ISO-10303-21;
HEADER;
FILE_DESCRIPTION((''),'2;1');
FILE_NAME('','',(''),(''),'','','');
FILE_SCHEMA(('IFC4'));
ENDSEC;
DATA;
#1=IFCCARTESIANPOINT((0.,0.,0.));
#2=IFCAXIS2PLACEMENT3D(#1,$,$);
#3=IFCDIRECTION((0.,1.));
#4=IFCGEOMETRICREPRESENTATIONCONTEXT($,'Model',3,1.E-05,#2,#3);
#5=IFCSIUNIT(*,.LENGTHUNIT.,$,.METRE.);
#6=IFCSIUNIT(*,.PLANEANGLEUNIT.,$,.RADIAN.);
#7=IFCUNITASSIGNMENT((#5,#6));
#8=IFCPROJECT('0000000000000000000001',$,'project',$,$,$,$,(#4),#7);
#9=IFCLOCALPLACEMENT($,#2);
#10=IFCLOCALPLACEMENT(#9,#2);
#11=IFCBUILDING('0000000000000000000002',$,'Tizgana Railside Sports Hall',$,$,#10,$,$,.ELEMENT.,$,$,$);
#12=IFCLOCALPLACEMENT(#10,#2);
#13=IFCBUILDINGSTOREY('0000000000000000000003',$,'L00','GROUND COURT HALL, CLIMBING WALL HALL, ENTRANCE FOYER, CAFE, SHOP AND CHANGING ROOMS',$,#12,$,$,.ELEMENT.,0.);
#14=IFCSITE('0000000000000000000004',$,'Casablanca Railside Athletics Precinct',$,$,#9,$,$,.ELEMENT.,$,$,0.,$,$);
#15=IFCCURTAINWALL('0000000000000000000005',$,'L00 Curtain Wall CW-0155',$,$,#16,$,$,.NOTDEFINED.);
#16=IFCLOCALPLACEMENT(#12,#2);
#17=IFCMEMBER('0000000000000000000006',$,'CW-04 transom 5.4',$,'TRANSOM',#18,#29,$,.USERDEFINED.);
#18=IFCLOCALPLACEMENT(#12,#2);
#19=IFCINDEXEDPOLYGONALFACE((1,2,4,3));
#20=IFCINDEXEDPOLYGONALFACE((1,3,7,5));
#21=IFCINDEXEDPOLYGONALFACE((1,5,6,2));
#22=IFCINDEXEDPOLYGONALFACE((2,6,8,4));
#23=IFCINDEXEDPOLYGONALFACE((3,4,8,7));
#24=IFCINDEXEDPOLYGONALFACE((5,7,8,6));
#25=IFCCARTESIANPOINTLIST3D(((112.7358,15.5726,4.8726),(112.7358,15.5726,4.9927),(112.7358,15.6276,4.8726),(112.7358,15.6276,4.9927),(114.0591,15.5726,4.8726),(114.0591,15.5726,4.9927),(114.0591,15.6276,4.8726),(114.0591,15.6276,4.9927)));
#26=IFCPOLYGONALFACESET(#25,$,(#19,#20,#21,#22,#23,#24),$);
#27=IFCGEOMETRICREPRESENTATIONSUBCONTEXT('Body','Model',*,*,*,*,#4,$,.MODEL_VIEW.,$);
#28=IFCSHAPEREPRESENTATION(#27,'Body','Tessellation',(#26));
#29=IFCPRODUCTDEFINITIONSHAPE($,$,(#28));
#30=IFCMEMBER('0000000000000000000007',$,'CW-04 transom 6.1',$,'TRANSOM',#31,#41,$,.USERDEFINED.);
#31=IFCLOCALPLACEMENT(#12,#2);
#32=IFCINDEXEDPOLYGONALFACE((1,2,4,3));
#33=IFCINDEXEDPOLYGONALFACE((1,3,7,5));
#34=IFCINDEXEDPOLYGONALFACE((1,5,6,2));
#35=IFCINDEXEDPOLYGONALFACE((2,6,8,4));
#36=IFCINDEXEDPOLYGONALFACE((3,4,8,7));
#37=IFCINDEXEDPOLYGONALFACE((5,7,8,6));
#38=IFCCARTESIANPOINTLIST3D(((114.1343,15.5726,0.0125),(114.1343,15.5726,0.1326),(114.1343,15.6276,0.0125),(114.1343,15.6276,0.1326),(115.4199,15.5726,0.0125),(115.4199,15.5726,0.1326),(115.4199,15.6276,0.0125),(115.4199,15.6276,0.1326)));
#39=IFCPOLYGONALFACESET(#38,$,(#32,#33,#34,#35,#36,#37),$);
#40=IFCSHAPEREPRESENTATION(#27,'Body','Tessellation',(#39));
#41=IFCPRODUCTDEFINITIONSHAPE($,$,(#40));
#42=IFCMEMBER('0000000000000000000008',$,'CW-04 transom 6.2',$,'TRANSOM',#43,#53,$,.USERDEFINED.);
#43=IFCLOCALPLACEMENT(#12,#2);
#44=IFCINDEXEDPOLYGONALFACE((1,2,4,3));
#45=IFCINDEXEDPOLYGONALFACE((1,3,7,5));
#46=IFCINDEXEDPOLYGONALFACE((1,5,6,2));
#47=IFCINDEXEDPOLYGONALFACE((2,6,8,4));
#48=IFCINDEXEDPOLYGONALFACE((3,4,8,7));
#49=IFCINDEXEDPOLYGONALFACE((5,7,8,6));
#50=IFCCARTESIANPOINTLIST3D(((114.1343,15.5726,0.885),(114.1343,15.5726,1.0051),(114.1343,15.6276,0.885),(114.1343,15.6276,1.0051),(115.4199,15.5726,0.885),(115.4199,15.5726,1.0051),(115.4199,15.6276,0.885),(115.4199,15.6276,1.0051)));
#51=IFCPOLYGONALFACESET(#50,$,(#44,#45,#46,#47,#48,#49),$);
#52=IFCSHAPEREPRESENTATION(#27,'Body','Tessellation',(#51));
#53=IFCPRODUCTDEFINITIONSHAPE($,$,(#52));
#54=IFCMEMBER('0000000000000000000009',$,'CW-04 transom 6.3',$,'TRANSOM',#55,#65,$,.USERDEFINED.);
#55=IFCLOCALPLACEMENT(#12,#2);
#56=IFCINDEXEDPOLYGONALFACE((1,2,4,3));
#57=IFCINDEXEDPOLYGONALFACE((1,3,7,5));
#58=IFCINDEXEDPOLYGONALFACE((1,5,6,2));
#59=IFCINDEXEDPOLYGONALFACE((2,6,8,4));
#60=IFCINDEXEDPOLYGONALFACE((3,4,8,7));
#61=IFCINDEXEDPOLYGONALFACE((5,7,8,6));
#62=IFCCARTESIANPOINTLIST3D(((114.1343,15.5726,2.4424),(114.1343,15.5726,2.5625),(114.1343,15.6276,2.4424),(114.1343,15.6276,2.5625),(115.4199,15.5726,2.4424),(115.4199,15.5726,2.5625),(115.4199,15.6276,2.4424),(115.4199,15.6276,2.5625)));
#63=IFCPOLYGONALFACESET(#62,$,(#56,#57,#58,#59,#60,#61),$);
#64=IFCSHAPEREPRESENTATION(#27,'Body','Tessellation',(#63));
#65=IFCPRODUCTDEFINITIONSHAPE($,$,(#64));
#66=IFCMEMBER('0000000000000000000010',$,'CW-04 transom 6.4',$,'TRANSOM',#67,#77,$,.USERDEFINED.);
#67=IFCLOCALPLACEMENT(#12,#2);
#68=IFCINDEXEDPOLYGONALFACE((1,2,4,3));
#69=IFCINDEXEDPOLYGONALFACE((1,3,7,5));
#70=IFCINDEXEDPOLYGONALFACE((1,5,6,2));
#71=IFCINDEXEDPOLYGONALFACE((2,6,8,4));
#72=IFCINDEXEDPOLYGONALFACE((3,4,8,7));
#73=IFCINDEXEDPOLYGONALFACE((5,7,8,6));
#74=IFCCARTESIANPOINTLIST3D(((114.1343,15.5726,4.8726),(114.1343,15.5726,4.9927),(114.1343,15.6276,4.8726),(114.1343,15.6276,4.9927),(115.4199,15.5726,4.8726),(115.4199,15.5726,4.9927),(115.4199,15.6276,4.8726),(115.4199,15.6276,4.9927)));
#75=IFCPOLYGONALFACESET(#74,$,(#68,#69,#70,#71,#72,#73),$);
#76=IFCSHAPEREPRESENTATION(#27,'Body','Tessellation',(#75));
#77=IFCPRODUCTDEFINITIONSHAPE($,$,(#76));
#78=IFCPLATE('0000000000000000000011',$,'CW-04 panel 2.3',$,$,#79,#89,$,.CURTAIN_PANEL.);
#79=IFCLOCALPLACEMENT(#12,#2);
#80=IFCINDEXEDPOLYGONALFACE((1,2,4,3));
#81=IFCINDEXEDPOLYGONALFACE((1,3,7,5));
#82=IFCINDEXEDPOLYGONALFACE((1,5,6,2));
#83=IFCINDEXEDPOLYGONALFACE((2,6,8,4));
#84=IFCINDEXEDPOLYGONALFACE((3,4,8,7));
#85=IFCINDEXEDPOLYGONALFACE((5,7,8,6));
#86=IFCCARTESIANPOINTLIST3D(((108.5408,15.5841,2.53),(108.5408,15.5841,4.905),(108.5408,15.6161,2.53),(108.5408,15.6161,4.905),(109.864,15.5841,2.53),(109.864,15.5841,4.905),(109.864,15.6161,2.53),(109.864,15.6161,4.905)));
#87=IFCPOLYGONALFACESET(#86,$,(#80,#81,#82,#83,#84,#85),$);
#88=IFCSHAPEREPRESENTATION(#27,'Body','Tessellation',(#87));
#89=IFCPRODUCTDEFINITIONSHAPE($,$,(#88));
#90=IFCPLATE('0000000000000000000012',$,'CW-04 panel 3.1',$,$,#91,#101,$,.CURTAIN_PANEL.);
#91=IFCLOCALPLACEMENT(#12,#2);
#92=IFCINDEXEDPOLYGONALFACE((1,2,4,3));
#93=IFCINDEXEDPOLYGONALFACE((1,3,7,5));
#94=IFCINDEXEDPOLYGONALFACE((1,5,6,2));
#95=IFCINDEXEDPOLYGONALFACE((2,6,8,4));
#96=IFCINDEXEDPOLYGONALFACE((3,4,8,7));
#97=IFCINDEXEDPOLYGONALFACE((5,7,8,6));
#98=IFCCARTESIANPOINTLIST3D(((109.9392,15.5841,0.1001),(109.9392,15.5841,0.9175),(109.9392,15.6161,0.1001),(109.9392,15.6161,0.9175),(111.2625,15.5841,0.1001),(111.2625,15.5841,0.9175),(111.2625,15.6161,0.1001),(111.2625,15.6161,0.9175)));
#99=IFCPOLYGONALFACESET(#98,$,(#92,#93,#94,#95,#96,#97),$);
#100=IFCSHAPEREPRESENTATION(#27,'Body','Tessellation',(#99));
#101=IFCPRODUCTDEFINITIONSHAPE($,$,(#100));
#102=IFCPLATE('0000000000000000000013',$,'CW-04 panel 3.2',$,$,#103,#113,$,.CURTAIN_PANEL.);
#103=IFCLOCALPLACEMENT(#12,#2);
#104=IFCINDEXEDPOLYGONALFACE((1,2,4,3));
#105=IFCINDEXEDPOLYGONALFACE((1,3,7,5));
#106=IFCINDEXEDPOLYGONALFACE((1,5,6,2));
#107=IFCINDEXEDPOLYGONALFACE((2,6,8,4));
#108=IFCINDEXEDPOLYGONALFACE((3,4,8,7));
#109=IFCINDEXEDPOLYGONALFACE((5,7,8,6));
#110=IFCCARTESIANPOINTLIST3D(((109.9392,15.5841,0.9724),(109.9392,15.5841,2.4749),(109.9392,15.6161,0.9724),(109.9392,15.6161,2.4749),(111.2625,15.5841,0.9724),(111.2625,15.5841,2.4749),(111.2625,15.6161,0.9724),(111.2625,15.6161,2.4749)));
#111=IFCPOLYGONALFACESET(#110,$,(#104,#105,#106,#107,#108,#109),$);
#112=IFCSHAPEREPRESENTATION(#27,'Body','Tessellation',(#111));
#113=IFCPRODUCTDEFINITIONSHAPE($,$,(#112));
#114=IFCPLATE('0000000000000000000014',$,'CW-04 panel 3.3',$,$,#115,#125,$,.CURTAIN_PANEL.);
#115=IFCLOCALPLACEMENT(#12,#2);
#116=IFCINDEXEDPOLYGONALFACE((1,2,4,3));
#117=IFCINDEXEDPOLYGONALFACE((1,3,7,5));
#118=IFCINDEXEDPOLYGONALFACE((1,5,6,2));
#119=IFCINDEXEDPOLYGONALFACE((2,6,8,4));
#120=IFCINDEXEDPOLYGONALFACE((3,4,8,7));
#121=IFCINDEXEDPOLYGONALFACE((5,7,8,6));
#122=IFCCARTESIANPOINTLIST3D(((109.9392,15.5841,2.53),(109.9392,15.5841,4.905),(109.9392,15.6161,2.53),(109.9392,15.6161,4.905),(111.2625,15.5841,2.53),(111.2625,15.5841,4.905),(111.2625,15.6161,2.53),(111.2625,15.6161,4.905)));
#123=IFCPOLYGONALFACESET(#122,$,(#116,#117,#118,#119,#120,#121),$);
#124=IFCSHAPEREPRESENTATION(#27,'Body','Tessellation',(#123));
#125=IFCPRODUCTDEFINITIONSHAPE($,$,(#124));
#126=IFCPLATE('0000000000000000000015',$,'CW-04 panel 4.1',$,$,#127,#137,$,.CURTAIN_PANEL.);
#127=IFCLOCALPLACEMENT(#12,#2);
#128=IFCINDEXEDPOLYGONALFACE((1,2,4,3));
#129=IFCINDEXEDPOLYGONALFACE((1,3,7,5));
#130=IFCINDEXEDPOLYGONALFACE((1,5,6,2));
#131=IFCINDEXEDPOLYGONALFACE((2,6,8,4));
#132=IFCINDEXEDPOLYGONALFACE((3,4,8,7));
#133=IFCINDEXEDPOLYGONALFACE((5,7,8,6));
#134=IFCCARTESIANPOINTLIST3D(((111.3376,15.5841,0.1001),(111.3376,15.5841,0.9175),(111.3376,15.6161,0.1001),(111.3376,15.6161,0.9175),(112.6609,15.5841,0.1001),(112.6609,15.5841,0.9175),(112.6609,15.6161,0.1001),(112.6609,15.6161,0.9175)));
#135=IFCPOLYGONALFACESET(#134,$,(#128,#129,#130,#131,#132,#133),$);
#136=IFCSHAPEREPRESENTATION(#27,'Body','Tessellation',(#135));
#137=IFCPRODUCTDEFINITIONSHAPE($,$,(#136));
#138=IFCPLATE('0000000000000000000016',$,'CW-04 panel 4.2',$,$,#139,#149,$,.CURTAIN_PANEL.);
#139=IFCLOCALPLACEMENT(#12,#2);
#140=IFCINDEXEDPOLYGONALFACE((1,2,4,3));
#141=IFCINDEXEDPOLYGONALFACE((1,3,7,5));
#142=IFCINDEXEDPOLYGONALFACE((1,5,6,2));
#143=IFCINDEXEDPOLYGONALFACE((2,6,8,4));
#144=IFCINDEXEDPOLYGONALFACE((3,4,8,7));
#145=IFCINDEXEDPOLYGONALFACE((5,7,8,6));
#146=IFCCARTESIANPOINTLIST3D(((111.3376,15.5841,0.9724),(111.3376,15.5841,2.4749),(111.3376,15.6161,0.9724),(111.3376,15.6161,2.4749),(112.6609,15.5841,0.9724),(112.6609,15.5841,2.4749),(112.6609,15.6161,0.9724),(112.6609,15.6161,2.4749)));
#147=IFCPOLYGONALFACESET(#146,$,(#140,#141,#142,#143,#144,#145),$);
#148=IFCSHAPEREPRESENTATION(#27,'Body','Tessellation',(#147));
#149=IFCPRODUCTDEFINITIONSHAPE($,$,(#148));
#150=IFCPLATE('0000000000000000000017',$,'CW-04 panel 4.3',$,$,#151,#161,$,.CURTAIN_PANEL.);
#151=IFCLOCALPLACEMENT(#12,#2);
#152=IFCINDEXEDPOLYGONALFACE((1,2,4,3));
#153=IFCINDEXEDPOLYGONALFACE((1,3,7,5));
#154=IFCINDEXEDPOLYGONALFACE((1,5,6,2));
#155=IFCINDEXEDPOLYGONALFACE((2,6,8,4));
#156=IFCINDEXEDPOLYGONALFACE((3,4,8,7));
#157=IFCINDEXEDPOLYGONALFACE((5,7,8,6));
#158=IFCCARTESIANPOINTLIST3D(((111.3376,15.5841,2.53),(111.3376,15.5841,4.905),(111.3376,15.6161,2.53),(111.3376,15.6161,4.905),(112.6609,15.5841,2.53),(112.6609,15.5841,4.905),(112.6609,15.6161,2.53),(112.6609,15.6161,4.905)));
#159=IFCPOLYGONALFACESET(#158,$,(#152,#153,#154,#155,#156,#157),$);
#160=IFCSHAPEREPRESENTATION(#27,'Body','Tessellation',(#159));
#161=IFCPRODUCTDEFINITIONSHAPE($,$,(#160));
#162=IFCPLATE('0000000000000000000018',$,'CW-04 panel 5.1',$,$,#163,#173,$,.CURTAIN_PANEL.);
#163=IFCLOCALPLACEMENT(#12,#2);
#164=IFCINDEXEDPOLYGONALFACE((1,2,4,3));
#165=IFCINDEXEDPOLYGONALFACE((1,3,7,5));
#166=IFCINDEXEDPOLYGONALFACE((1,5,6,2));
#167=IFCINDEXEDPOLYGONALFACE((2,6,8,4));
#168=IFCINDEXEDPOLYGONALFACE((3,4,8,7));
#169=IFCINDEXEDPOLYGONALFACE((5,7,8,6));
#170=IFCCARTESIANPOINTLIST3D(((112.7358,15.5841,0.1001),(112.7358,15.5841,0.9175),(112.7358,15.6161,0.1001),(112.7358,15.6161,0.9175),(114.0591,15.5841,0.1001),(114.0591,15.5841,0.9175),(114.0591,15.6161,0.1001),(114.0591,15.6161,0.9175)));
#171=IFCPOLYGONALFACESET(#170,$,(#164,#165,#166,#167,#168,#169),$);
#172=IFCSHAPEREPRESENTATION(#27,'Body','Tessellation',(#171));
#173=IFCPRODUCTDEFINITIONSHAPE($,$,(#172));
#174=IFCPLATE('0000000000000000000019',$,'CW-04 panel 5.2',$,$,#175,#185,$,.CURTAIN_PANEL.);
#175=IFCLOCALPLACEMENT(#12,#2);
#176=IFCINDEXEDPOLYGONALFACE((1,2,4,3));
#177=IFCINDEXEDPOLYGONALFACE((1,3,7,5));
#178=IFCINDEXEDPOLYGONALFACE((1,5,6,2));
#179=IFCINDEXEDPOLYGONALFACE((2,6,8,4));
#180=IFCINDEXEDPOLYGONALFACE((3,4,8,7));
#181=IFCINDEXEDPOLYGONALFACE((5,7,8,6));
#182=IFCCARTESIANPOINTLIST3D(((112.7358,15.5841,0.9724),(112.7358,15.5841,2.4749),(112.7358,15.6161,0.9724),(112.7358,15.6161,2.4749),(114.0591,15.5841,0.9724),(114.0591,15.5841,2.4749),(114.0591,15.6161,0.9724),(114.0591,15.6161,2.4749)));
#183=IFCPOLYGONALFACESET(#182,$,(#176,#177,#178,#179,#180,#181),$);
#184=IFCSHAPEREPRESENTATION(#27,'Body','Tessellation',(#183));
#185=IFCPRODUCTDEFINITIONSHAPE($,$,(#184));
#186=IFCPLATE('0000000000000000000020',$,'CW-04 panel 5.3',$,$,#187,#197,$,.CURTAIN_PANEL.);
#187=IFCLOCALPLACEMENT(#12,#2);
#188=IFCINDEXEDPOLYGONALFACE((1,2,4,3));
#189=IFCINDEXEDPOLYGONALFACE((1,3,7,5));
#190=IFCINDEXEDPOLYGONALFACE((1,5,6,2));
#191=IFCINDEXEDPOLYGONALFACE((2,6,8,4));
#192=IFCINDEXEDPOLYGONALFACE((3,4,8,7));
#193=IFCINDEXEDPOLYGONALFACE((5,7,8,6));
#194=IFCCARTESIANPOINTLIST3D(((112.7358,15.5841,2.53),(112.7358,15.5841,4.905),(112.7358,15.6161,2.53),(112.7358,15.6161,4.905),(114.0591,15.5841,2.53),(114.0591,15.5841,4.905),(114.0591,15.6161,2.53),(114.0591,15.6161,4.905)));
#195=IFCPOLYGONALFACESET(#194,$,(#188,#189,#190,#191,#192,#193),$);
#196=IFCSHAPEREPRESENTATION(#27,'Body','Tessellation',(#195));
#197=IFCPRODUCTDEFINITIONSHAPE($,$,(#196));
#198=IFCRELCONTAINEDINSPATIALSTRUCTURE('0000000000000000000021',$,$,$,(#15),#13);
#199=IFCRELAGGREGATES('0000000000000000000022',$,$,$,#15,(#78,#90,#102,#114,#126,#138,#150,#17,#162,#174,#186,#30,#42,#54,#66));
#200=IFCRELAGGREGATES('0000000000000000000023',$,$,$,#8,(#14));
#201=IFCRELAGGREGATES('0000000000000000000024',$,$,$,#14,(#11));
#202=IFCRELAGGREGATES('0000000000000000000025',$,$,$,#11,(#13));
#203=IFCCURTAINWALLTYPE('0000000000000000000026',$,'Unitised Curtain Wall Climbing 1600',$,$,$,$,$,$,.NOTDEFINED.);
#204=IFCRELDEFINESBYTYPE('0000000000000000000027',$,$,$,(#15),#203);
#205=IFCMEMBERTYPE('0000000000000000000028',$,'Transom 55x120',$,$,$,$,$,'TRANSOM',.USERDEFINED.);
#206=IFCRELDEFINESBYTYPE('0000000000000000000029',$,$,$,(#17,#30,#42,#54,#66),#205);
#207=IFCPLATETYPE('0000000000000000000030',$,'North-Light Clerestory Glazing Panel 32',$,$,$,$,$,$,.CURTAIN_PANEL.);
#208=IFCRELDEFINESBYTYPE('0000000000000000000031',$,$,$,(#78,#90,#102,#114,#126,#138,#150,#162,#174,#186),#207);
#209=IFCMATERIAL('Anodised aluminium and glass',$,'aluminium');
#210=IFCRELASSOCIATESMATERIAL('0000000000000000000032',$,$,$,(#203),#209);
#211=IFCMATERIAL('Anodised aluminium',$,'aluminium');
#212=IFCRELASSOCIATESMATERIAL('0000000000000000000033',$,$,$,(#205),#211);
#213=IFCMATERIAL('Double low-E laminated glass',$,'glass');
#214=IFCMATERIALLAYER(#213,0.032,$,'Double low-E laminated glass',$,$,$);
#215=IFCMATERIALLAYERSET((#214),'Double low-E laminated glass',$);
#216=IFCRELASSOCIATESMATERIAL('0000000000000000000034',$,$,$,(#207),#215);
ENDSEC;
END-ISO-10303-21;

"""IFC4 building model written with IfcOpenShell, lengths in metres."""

from ifc_helpers import new_model, si_unit, direction, frame, origin, origin_2d, place, context, subcontext, project, spatial, rectangle, extrude, material, layer, layer_set, material_profile, profile_set, type_object, element, aggregate, save


model = new_model("IFC4")

# Units and contexts
model_context = context("Model", 3, precision=1e-05, world=origin(), true_north=direction((0.0, 1.0)))
body_context = subcontext(model_context, "Body", "Model", "MODEL_VIEW")
ifc_project = project(units=[si_unit("LENGTHUNIT", "METRE"), si_unit("PLANEANGLEUNIT", "RADIAN")], contexts=[model_context])

# Site, building, storey
site_placement = place(None, origin())
site = spatial("IfcSite", under=ifc_project, at=site_placement, Name="Casablanca Railside Athletics Precinct", CompositionType="ELEMENT", RefElevation=0.0)
building_placement = place(site_placement, origin())
building = spatial("IfcBuilding", under=site, at=building_placement, Name="Tizgana Railside Sports Hall", CompositionType="ELEMENT")
storey_placement = place(building_placement, origin())
storey = spatial("IfcBuildingStorey", under=building, at=storey_placement, Name="L00", Description="GROUND COURT HALL, CLIMBING WALL HALL, ENTRANCE FOYER, CAFE, SHOP AND CHANGING ROOMS", CompositionType="ELEMENT", Elevation=0.0)

# Curtain wall, members, plates
ifc_material_1 = material(Name="Anodised aluminium and glass", Category="aluminium")
curtain_wall_type = type_object("IfcCurtainWallType", Name="Unitised Curtain Wall Climbing 1600", PredefinedType="NOTDEFINED", material=ifc_material_1)
curtain_wall_placement = place(storey_placement, origin())
curtain_wall = element("IfcCurtainWall", 1, at=curtain_wall_placement, inside=storey, type_object=curtain_wall_type, Name="L00 Curtain Wall CW-0155", PredefinedType="NOTDEFINED")
ifc_material_2 = material(Name="Anodised aluminium", Category="aluminium")
ifc_material_profile_1 = material_profile(ifc_material_2, rectangle(XDim=0.0549, YDim=0.1201, at=origin_2d()), Name="Transom 55x120")
ifc_profile_set_1 = profile_set([ifc_material_profile_1], Name="Anodised aluminium")
member_type_1 = type_object("IfcMemberType", Name="Transom 55x120", ElementType="TRANSOM", PredefinedType="USERDEFINED", material=ifc_profile_set_1)
member_1_placement = place(storey_placement, frame((112.7358, 15.6001, 4.9326), z_axis=(1.0, 0.0, 0.0), x_axis=(0.0, 1.0, 0.0)))
member_1 = element("IfcMember", 2, at=member_1_placement, type_object=member_type_1, Name="CW-04 transom 5.4", ObjectType="TRANSOM", PredefinedType="USERDEFINED", context=body_context, shape_type="SweptSolid", body=[
    extrude(rectangle(XDim=0.0549, YDim=0.1201, at=origin_2d()), origin(), (0.0, 0.0, 1.0), 1.3232),
])
member_2_placement = place(storey_placement, frame((114.1343, 15.6001, 0.0725), z_axis=(1.0, 0.0, 0.0), x_axis=(0.0, 1.0, 0.0)))
member_2 = element("IfcMember", 3, at=member_2_placement, type_object=member_type_1, Name="CW-04 transom 6.1", ObjectType="TRANSOM", PredefinedType="USERDEFINED", context=body_context, shape_type="SweptSolid", body=[
    extrude(rectangle(XDim=0.0549, YDim=0.1201, at=origin_2d()), origin(), (0.0, 0.0, 1.0), 1.2856),
])
member_3_placement = place(storey_placement, frame((114.1343, 15.6001, 0.9451), z_axis=(1.0, 0.0, 0.0), x_axis=(0.0, 1.0, 0.0)))
member_3 = element("IfcMember", 4, at=member_3_placement, type_object=member_type_1, Name="CW-04 transom 6.2", ObjectType="TRANSOM", PredefinedType="USERDEFINED", context=body_context, shape_type="SweptSolid", body=[
    extrude(rectangle(XDim=0.0549, YDim=0.1201, at=origin_2d()), origin(), (0.0, 0.0, 1.0), 1.2856),
])
member_4_placement = place(storey_placement, frame((114.1343, 15.6001, 2.5024), z_axis=(1.0, 0.0, 0.0), x_axis=(0.0, 1.0, 0.0)))
member_4 = element("IfcMember", 5, at=member_4_placement, type_object=member_type_1, Name="CW-04 transom 6.3", ObjectType="TRANSOM", PredefinedType="USERDEFINED", context=body_context, shape_type="SweptSolid", body=[
    extrude(rectangle(XDim=0.0549, YDim=0.1201, at=origin_2d()), origin(), (0.0, 0.0, 1.0), 1.2856),
])
member_5_placement = place(storey_placement, frame((114.1343, 15.6001, 4.9326), z_axis=(1.0, 0.0, 0.0), x_axis=(0.0, 1.0, 0.0)))
member_5 = element("IfcMember", 6, at=member_5_placement, type_object=member_type_1, Name="CW-04 transom 6.4", ObjectType="TRANSOM", PredefinedType="USERDEFINED", context=body_context, shape_type="SweptSolid", body=[
    extrude(rectangle(XDim=0.0549, YDim=0.1201, at=origin_2d()), origin(), (0.0, 0.0, 1.0), 1.2856),
])
ifc_material_3 = material(Name="Double low-E laminated glass", Category="glass")
ifc_layer = layer(ifc_material_3, 0.032, Name="Double low-E laminated glass")
ifc_layer_set = layer_set([ifc_layer], Name="Double low-E laminated glass")
plate_type = type_object("IfcPlateType", Name="North-Light Clerestory Glazing Panel 32", PredefinedType="CURTAIN_PANEL", material=ifc_layer_set)
plate_1_placement = place(storey_placement, frame((109.2024, 15.6001, 2.53), z_axis=(0.0, 0.0, 1.0), x_axis=(1.0, 0.0, 0.0)))
plate_1 = element("IfcPlate", 7, at=plate_1_placement, type_object=plate_type, Name="CW-04 panel 2.3", PredefinedType="CURTAIN_PANEL", context=body_context, shape_type="SweptSolid", body=[
    extrude(rectangle(XDim=1.3232, YDim=0.032, at=origin_2d()), origin(), (0.0, 0.0, 1.0), 2.375),
])
plate_2_placement = place(storey_placement, frame((110.6008, 15.6001, 0.1001), z_axis=(0.0, 0.0, 1.0), x_axis=(1.0, 0.0, 0.0)))
plate_2 = element("IfcPlate", 8, at=plate_2_placement, type_object=plate_type, Name="CW-04 panel 3.1", PredefinedType="CURTAIN_PANEL", context=body_context, shape_type="SweptSolid", body=[
    extrude(rectangle(XDim=1.3232, YDim=0.032, at=origin_2d()), origin(), (0.0, 0.0, 1.0), 0.8174),
])
plate_3_placement = place(storey_placement, frame((110.6008, 15.6001, 0.9724), z_axis=(0.0, 0.0, 1.0), x_axis=(1.0, 0.0, 0.0)))
plate_3 = element("IfcPlate", 9, at=plate_3_placement, type_object=plate_type, Name="CW-04 panel 3.2", PredefinedType="CURTAIN_PANEL", context=body_context, shape_type="SweptSolid", body=[
    extrude(rectangle(XDim=1.3232, YDim=0.032, at=origin_2d()), origin(), (0.0, 0.0, 1.0), 1.5024),
])
plate_4_placement = place(storey_placement, frame((110.6008, 15.6001, 2.53), z_axis=(0.0, 0.0, 1.0), x_axis=(1.0, 0.0, 0.0)))
plate_4 = element("IfcPlate", 10, at=plate_4_placement, type_object=plate_type, Name="CW-04 panel 3.3", PredefinedType="CURTAIN_PANEL", context=body_context, shape_type="SweptSolid", body=[
    extrude(rectangle(XDim=1.3232, YDim=0.032, at=origin_2d()), origin(), (0.0, 0.0, 1.0), 2.375),
])
plate_5_placement = place(storey_placement, frame((111.9993, 15.6001, 0.1001), z_axis=(0.0, 0.0, 1.0), x_axis=(1.0, 0.0, 0.0)))
plate_5 = element("IfcPlate", 11, at=plate_5_placement, type_object=plate_type, Name="CW-04 panel 4.1", PredefinedType="CURTAIN_PANEL", context=body_context, shape_type="SweptSolid", body=[
    extrude(rectangle(XDim=1.3232, YDim=0.032, at=origin_2d()), origin(), (0.0, 0.0, 1.0), 0.8174),
])
plate_6_placement = place(storey_placement, frame((111.9993, 15.6001, 0.9724), z_axis=(0.0, 0.0, 1.0), x_axis=(1.0, 0.0, 0.0)))
plate_6 = element("IfcPlate", 12, at=plate_6_placement, type_object=plate_type, Name="CW-04 panel 4.2", PredefinedType="CURTAIN_PANEL", context=body_context, shape_type="SweptSolid", body=[
    extrude(rectangle(XDim=1.3232, YDim=0.032, at=origin_2d()), origin(), (0.0, 0.0, 1.0), 1.5024),
])
plate_7_placement = place(storey_placement, frame((111.9993, 15.6001, 2.53), z_axis=(0.0, 0.0, 1.0), x_axis=(1.0, 0.0, 0.0)))
plate_7 = element("IfcPlate", 13, at=plate_7_placement, type_object=plate_type, Name="CW-04 panel 4.3", PredefinedType="CURTAIN_PANEL", context=body_context, shape_type="SweptSolid", body=[
    extrude(rectangle(XDim=1.3232, YDim=0.032, at=origin_2d()), origin(), (0.0, 0.0, 1.0), 2.375),
])
plate_8_placement = place(storey_placement, frame((113.3975, 15.6001, 0.1001), z_axis=(0.0, 0.0, 1.0), x_axis=(1.0, 0.0, 0.0)))
plate_8 = element("IfcPlate", 14, at=plate_8_placement, type_object=plate_type, Name="CW-04 panel 5.1", PredefinedType="CURTAIN_PANEL", context=body_context, shape_type="SweptSolid", body=[
    extrude(rectangle(XDim=1.3232, YDim=0.032, at=origin_2d()), origin(), (0.0, 0.0, 1.0), 0.8174),
])
plate_9_placement = place(storey_placement, frame((113.3975, 15.6001, 0.9724), z_axis=(0.0, 0.0, 1.0), x_axis=(1.0, 0.0, 0.0)))
plate_9 = element("IfcPlate", 15, at=plate_9_placement, type_object=plate_type, Name="CW-04 panel 5.2", PredefinedType="CURTAIN_PANEL", context=body_context, shape_type="SweptSolid", body=[
    extrude(rectangle(XDim=1.3232, YDim=0.032, at=origin_2d()), origin(), (0.0, 0.0, 1.0), 1.5024),
])
plate_10_placement = place(storey_placement, frame((113.3975, 15.6001, 2.53), z_axis=(0.0, 0.0, 1.0), x_axis=(1.0, 0.0, 0.0)))
plate_10 = element("IfcPlate", 16, at=plate_10_placement, type_object=plate_type, Name="CW-04 panel 5.3", PredefinedType="CURTAIN_PANEL", context=body_context, shape_type="SweptSolid", body=[
    extrude(rectangle(XDim=1.3232, YDim=0.032, at=origin_2d()), origin(), (0.0, 0.0, 1.0), 2.375),
])
aggregate(curtain_wall, [plate_1, plate_2, plate_3, plate_4, plate_5, plate_6, plate_7, member_1, plate_8, plate_9, plate_10, member_2, member_3, member_4, member_5])

save(model, "model.ifc")
